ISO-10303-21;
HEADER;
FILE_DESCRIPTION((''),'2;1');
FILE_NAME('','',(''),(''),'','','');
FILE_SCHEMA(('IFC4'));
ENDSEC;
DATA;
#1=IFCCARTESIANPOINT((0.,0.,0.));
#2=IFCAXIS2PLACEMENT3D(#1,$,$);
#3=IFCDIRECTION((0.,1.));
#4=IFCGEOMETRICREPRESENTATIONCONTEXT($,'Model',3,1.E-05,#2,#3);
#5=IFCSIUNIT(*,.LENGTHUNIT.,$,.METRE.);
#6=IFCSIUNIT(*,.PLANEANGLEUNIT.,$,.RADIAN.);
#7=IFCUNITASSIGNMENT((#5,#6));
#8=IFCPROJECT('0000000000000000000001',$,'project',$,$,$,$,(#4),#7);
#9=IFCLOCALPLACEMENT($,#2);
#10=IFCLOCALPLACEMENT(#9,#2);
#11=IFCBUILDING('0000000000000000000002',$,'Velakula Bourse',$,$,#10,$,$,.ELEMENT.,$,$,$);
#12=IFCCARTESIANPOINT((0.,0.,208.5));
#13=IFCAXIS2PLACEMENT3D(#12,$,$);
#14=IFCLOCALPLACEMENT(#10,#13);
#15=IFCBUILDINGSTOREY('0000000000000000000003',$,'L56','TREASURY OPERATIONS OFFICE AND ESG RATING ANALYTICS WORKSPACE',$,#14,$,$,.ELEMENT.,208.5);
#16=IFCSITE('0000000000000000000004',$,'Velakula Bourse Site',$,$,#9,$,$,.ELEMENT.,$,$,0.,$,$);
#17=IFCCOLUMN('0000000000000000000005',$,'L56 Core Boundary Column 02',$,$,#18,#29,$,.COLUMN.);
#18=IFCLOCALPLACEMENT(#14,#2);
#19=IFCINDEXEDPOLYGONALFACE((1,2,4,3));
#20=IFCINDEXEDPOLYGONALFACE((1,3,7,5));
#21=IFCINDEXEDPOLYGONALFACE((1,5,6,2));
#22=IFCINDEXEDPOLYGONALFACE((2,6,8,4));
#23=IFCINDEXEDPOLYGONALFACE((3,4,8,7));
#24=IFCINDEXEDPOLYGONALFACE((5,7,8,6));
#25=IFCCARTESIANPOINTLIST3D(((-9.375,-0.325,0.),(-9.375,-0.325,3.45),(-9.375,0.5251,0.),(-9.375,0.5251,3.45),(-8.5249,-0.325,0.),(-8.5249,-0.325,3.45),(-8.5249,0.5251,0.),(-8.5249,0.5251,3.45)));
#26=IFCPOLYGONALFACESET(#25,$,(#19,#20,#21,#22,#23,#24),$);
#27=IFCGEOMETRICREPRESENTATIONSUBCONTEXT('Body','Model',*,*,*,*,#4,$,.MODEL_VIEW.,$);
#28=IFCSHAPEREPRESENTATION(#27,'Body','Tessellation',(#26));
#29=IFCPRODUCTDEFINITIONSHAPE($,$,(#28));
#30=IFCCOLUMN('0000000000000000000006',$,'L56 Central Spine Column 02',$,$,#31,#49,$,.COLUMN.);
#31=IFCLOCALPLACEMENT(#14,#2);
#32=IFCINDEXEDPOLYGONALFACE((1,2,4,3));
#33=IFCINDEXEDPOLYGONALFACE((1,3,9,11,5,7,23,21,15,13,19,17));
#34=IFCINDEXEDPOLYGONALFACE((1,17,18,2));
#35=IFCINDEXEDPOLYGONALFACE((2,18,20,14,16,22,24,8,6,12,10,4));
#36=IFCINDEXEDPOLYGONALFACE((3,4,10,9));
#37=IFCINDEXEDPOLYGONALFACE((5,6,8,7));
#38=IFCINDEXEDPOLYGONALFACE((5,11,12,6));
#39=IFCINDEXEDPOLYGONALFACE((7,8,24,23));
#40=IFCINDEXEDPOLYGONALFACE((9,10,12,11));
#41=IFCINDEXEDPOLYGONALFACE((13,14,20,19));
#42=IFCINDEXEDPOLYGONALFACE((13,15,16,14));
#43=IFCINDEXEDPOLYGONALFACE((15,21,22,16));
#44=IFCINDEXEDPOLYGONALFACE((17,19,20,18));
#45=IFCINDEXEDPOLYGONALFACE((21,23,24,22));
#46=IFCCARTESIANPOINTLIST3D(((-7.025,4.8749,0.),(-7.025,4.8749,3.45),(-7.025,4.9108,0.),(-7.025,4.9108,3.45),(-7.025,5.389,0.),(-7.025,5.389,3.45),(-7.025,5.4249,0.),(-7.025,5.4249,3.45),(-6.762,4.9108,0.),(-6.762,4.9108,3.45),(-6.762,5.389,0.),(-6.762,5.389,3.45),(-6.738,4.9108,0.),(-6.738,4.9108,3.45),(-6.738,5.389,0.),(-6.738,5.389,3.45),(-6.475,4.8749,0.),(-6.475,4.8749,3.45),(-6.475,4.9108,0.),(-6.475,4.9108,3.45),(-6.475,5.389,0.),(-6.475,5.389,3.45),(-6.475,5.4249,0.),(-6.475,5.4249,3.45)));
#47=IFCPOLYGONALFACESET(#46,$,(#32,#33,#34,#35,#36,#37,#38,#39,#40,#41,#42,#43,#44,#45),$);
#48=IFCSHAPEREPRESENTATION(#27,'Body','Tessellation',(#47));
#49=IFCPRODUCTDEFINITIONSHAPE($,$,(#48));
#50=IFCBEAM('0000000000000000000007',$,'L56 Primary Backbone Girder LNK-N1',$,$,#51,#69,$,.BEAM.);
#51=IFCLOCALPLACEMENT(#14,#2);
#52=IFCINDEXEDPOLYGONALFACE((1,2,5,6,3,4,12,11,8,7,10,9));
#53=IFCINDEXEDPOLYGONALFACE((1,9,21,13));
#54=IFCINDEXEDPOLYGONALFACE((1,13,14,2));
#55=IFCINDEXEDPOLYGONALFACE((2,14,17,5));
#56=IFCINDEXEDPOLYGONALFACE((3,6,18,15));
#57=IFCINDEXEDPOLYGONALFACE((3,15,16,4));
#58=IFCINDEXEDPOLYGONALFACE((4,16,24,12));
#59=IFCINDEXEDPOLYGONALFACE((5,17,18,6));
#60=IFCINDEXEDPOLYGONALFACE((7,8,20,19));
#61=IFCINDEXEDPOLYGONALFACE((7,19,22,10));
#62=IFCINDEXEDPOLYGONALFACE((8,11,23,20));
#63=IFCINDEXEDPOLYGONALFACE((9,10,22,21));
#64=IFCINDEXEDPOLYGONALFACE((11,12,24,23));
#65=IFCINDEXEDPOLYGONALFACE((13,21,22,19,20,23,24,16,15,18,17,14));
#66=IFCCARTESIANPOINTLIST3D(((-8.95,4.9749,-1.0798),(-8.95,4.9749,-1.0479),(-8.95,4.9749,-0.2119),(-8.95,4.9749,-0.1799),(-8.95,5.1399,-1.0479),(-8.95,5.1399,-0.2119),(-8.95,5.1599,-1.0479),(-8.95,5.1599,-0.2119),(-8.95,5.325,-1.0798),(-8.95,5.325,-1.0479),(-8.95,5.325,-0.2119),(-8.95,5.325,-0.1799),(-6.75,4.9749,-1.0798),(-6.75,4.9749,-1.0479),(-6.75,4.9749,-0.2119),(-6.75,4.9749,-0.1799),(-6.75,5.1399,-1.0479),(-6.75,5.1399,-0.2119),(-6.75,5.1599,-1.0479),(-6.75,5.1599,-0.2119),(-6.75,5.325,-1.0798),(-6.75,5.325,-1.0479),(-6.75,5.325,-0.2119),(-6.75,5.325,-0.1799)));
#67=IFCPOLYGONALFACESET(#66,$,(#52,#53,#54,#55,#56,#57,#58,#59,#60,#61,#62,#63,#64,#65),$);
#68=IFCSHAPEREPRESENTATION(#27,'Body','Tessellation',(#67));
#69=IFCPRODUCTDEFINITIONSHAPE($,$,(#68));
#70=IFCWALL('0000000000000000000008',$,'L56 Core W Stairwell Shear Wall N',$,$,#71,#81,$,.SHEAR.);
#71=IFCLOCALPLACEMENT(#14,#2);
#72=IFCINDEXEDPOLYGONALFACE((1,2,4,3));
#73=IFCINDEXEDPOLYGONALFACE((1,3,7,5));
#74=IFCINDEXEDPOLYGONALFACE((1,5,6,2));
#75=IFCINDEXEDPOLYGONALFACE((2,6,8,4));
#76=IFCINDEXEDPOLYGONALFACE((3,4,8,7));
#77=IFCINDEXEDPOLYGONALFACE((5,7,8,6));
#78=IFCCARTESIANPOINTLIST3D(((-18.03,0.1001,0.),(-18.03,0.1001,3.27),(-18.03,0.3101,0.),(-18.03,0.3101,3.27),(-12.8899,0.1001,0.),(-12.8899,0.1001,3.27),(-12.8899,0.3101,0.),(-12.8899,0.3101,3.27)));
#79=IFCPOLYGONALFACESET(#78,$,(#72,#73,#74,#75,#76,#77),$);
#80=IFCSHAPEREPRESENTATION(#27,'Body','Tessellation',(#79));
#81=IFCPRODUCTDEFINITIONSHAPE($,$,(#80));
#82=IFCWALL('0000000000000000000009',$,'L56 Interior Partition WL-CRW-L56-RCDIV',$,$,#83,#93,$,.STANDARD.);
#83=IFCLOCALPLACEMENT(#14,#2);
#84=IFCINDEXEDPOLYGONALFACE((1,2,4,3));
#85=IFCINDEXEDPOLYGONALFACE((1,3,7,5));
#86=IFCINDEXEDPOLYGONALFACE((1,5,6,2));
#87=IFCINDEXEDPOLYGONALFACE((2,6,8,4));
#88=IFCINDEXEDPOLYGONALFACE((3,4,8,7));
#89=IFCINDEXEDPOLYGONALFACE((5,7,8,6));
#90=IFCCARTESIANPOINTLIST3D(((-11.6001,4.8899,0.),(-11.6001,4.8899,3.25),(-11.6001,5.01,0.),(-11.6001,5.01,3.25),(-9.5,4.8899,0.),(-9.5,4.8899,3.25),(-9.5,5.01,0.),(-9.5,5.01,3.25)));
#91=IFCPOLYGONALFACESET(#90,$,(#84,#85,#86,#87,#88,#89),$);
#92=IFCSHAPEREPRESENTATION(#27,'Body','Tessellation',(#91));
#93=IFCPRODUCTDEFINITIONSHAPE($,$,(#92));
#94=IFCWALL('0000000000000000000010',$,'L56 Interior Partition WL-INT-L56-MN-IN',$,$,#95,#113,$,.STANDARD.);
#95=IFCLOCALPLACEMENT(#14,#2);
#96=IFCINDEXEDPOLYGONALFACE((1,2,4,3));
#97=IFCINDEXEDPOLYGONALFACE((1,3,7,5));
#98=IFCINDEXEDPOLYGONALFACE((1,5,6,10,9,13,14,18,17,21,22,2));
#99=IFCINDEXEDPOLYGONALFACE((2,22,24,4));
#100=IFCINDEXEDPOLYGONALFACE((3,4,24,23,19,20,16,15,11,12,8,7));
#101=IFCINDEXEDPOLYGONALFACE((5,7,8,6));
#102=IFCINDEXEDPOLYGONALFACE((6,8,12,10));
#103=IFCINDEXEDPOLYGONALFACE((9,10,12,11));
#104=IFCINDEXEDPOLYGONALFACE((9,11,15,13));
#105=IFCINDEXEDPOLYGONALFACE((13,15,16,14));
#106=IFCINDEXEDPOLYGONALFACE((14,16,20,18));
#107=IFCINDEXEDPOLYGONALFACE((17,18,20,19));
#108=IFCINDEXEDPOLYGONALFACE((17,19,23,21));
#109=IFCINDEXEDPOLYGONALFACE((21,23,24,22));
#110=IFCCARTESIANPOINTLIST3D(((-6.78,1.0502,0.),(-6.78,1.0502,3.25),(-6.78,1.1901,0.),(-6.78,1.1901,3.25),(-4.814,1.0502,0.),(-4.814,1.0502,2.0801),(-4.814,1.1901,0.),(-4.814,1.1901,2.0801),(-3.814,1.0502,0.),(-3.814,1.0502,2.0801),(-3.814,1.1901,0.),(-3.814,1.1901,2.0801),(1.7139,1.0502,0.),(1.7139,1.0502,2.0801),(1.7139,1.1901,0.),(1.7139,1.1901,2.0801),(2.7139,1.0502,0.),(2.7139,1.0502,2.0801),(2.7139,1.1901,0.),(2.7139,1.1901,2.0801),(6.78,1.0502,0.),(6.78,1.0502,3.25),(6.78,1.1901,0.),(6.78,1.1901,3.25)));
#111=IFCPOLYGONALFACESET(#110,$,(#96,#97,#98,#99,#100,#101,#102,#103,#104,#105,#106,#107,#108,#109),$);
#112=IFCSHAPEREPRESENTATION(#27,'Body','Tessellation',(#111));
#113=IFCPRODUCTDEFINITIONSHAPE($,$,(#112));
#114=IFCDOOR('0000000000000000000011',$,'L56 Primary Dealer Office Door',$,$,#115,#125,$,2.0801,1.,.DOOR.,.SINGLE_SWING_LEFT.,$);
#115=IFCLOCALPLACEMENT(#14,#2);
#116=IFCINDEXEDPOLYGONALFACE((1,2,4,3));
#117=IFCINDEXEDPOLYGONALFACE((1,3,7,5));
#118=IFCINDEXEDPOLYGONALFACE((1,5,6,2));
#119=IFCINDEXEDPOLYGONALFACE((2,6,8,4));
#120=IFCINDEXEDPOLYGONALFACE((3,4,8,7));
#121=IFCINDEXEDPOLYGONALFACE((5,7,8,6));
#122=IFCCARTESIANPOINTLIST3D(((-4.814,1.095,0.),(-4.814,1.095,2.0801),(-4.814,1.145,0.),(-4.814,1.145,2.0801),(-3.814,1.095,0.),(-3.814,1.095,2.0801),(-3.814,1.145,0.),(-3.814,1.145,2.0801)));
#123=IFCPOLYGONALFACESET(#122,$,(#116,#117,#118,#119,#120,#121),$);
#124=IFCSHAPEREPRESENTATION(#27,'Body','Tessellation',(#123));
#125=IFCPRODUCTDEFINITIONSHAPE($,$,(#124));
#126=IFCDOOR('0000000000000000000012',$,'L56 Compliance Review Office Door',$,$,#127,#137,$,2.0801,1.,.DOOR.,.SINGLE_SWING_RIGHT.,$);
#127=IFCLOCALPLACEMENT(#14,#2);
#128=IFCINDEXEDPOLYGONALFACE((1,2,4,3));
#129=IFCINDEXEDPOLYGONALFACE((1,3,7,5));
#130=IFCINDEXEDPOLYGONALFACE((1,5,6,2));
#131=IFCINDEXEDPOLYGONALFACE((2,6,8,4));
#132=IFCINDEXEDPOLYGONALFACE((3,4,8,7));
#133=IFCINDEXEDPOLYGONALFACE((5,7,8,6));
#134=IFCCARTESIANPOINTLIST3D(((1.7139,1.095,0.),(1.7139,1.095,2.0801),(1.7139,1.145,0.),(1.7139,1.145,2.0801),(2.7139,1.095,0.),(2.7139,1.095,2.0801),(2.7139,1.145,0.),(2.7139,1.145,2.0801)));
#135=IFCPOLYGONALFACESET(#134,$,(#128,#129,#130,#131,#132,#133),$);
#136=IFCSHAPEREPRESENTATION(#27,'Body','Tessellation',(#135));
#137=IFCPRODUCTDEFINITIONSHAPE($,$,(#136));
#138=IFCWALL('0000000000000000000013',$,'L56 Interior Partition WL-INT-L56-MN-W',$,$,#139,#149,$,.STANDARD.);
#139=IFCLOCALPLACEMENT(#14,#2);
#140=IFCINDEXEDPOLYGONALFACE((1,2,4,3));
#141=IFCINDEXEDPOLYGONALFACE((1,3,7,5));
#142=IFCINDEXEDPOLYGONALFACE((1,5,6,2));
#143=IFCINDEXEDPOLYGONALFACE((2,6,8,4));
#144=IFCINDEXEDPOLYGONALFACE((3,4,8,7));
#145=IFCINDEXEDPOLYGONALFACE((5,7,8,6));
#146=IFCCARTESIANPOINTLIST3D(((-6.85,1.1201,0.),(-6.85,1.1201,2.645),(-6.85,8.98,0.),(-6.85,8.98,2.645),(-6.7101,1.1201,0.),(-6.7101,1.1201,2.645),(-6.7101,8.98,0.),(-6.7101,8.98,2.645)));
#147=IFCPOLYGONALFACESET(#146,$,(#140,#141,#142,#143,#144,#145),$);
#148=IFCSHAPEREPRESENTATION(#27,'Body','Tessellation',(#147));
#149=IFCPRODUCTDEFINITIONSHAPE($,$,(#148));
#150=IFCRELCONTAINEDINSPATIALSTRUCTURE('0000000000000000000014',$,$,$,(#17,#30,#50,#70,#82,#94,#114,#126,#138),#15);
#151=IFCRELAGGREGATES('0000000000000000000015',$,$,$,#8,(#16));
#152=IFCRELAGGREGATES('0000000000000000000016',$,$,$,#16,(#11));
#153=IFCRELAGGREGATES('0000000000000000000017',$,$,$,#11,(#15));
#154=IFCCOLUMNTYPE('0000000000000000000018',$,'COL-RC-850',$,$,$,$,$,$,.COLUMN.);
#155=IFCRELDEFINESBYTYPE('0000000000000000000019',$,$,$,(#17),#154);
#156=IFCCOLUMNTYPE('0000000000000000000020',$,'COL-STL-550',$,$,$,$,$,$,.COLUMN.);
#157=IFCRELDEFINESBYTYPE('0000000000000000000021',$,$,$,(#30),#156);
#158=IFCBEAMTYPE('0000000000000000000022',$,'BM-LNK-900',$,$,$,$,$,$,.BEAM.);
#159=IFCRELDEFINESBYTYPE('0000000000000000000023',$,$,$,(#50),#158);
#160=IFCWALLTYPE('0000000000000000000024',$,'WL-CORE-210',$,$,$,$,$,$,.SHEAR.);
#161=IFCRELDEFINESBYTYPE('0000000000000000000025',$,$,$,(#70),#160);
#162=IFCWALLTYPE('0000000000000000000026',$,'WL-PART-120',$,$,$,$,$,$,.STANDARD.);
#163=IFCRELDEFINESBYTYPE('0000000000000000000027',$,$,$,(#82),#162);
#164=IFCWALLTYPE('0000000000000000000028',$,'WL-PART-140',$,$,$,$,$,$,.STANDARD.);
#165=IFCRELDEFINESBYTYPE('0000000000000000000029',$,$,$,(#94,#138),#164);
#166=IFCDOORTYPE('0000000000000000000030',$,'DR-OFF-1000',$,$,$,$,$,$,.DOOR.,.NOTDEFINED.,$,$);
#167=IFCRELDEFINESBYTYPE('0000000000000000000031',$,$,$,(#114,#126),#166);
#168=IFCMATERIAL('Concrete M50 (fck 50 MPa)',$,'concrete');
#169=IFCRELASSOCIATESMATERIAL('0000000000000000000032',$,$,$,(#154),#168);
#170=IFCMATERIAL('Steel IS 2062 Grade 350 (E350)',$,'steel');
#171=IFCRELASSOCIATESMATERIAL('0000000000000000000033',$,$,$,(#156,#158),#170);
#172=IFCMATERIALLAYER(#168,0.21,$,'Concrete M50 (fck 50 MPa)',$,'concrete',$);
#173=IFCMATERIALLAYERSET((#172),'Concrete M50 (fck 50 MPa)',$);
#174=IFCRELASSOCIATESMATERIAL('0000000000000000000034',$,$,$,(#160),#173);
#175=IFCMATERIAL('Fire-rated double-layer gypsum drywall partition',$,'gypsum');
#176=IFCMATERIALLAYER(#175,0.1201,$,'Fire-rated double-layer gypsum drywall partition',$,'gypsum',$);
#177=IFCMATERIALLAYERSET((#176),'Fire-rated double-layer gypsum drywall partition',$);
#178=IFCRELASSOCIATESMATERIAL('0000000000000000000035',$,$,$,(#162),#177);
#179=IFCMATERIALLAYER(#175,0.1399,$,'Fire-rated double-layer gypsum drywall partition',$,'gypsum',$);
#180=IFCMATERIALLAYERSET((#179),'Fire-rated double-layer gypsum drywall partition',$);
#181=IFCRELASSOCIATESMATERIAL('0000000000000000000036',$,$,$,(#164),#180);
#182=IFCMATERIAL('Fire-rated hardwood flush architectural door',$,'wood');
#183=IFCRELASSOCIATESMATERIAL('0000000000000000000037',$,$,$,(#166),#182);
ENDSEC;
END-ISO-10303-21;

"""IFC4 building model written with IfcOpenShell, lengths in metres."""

from ifc_helpers import new_model, si_unit, direction, frame, frame_2d, origin, origin_2d, place, context, subcontext, project, spatial, rectangle, i_section, extrude, material, layer, layer_set, material_profile, profile_set, type_object, element, fill, save


model = new_model("IFC4")

# Units and contexts
model_context = context("Model", 3, precision=1e-05, world=origin(), true_north=direction((0.0, 1.0)))
body_context = subcontext(model_context, "Body", "Model", "MODEL_VIEW")
ifc_project = project(units=[si_unit("LENGTHUNIT", "METRE"), si_unit("PLANEANGLEUNIT", "RADIAN")], contexts=[model_context])

# Site, building, storey
site_placement = place(None, origin())
site = spatial("IfcSite", under=ifc_project, at=site_placement, Name="Velakula Bourse Site", CompositionType="ELEMENT", RefElevation=0.0)
building_placement = place(site_placement, origin())
building = spatial("IfcBuilding", under=site, at=building_placement, Name="Velakula Bourse", CompositionType="ELEMENT")
storey_placement = place(building_placement, frame((0.0, 0.0, 208.5)))
storey = spatial("IfcBuildingStorey", under=building, at=storey_placement, Name="L56", Description="TREASURY OPERATIONS OFFICE AND ESG RATING ANALYTICS WORKSPACE", CompositionType="ELEMENT", Elevation=208.5)

# Columns
ifc_material_1 = material(Name="Concrete M50 (fck 50 MPa)", Category="concrete")
ifc_material_profile_1 = material_profile(ifc_material_1, rectangle(XDim=0.8501, YDim=0.8501, at=origin_2d()), Name="Concrete M50 (fck 50 MPa)")
ifc_profile_set_1 = profile_set([ifc_material_profile_1], Name="Concrete M50 (fck 50 MPa)")
column_type_1 = type_object("IfcColumnType", Name="COL-RC-850", PredefinedType="COLUMN", material=ifc_profile_set_1)
column_1_placement = place(storey_placement, frame((-8.95, 0.1001, 0.0), z_axis=(0.0, 0.0, 1.0), x_axis=(1.0, 0.0, 0.0)))
element("IfcColumn", 1, at=column_1_placement, inside=storey, type_object=column_type_1, Name="L56 Core Boundary Column 02", PredefinedType="COLUMN", context=body_context, shape_type="SweptSolid", body=[
    extrude(rectangle(XDim=0.8501, YDim=0.8501, at=origin_2d()), origin(), (0.0, 0.0, 1.0), 3.45),
])
ifc_material_2 = material(Name="Steel IS 2062 Grade 350 (E350)", Category="steel")
ifc_material_profile_2 = material_profile(ifc_material_2, i_section(OverallWidth=0.55, OverallDepth=0.55, WebThickness=0.0239, FlangeThickness=0.0359, at=origin_2d()), Name="Steel IS 2062 Grade 350 (E350)")
ifc_profile_set_2 = profile_set([ifc_material_profile_2], Name="Steel IS 2062 Grade 350 (E350)")
column_type_2 = type_object("IfcColumnType", Name="COL-STL-550", PredefinedType="COLUMN", material=ifc_profile_set_2)
column_2_placement = place(storey_placement, frame((-6.75, 5.1499, 0.0), z_axis=(0.0, 0.0, 1.0), x_axis=(1.0, 0.0, 0.0)))
element("IfcColumn", 2, at=column_2_placement, inside=storey, type_object=column_type_2, Name="L56 Central Spine Column 02", PredefinedType="COLUMN", context=body_context, shape_type="SweptSolid", body=[
    extrude(i_section(OverallWidth=0.55, OverallDepth=0.55, WebThickness=0.0239, FlangeThickness=0.0359, at=origin_2d()), origin(), (0.0, 0.0, 1.0), 3.45),
])

# Beam
ifc_material_profile_3 = material_profile(ifc_material_2, i_section(OverallWidth=0.3501, OverallDepth=0.8999, WebThickness=0.02, FlangeThickness=0.032, at=origin_2d()), Name="Steel IS 2062 Grade 350 (E350)")
ifc_profile_set_3 = profile_set([ifc_material_profile_3], Name="Steel IS 2062 Grade 350 (E350)")
beam_type = type_object("IfcBeamType", Name="BM-LNK-900", PredefinedType="BEAM", material=ifc_profile_set_3)
beam_placement = place(storey_placement, frame((-8.95, 5.1499, -0.6299), z_axis=(1.0, 0.0, 0.0), x_axis=(0.0, 1.0, 0.0)))
element("IfcBeam", 3, at=beam_placement, inside=storey, type_object=beam_type, Name="L56 Primary Backbone Girder LNK-N1", PredefinedType="BEAM", context=body_context, shape_type="SweptSolid", body=[
    extrude(i_section(OverallWidth=0.3501, OverallDepth=0.8999, WebThickness=0.02, FlangeThickness=0.032, at=origin_2d()), origin(), (0.0, 0.0, 1.0), 2.2),
])

# Walls
ifc_layer_1 = layer(ifc_material_1, 0.21, Name="Concrete M50 (fck 50 MPa)", Category="concrete")
ifc_layer_set_1 = layer_set([ifc_layer_1], Name="Concrete M50 (fck 50 MPa)")
wall_type_1 = type_object("IfcWallType", Name="WL-CORE-210", PredefinedType="SHEAR", material=ifc_layer_set_1)
wall_1_placement = place(storey_placement, frame((-12.8899, 0.2051, 0.0), z_axis=(0.0, 0.0, 1.0), x_axis=(-1.0, 0.0, 0.0)))
element("IfcWall", 4, at=wall_1_placement, inside=storey, type_object=wall_type_1, Name="L56 Core W Stairwell Shear Wall N", PredefinedType="SHEAR", context=body_context, shape_type="SweptSolid", body=[
    extrude(rectangle(XDim=5.1401, YDim=0.21, at=frame_2d((2.5701, 0.0))), origin(), (0.0, 0.0, 1.0), 3.27),
])
ifc_material_3 = material(Name="Fire-rated double-layer gypsum drywall partition", Category="gypsum")
ifc_layer_2 = layer(ifc_material_3, 0.1201, Name="Fire-rated double-layer gypsum drywall partition", Category="gypsum")
ifc_layer_set_2 = layer_set([ifc_layer_2], Name="Fire-rated double-layer gypsum drywall partition")
wall_type_2 = type_object("IfcWallType", Name="WL-PART-120", PredefinedType="STANDARD", material=ifc_layer_set_2)
wall_2_placement = place(storey_placement, frame((-11.6001, 4.95, 0.0), z_axis=(0.0, 0.0, 1.0), x_axis=(1.0, 0.0, 0.0)))
element("IfcWall", 5, at=wall_2_placement, inside=storey, type_object=wall_type_2, Name="L56 Interior Partition WL-CRW-L56-RCDIV", PredefinedType="STANDARD", context=body_context, shape_type="SweptSolid", body=[
    extrude(rectangle(XDim=2.1001, YDim=0.1201, at=frame_2d((1.05, 0.0))), origin(), (0.0, 0.0, 1.0), 3.25),
])

# Wall, openings, doors
ifc_layer_3 = layer(ifc_material_3, 0.1399, Name="Fire-rated double-layer gypsum drywall partition", Category="gypsum")
ifc_layer_set_3 = layer_set([ifc_layer_3], Name="Fire-rated double-layer gypsum drywall partition")
wall_type_3 = type_object("IfcWallType", Name="WL-PART-140", PredefinedType="STANDARD", material=ifc_layer_set_3)
wall_3_placement = place(storey_placement, frame((-6.78, 1.1201, 0.0), z_axis=(0.0, 0.0, 1.0), x_axis=(1.0, 0.0, 0.0)))
wall_3 = element("IfcWall", 6, at=wall_3_placement, inside=storey, type_object=wall_type_3, Name="L56 Interior Partition WL-INT-L56-MN-IN", PredefinedType="STANDARD", context=body_context, shape_type="SweptSolid", body=[
    extrude(rectangle(XDim=13.5601, YDim=0.1399, at=frame_2d((6.78, 0.0))), origin(), (0.0, 0.0, 1.0), 3.25),
])
opening_1_placement = place(wall_3_placement, frame((1.9661, 0.0, 0.0)))
opening_1 = element("IfcOpeningElement", 7, at=opening_1_placement, cuts=wall_3, PredefinedType="OPENING", context=body_context, shape_type="SweptSolid", body=[
    extrude(rectangle(XDim=1.0, YDim=2.0801, at=frame_2d((0.5, 1.04))), frame((0.0, 0.0798, 0.0), z_axis=(0.0, -1.0, 0.0), x_axis=(1.0, 0.0, 0.0)), (0.0, 0.0, 1.0), 0.1599),
])
opening_2_placement = place(wall_3_placement, frame((8.4939, 0.0, 0.0)))
opening_2 = element("IfcOpeningElement", 8, at=opening_2_placement, cuts=wall_3, PredefinedType="OPENING", context=body_context, shape_type="SweptSolid", body=[
    extrude(rectangle(XDim=1.0, YDim=2.0801, at=frame_2d((0.5, 1.04))), frame((0.0, 0.0798, 0.0), z_axis=(0.0, -1.0, 0.0), x_axis=(1.0, 0.0, 0.0)), (0.0, 0.0, 1.0), 0.1599),
])
ifc_material_4 = material(Name="Fire-rated hardwood flush architectural door", Category="wood")
door_type_1 = type_object("IfcDoorType", Name="DR-OFF-1000", OperationType="NOTDEFINED", PredefinedType="DOOR", material=ifc_material_4)
door_1_placement = place(opening_1_placement, origin())
door_1 = element("IfcDoor", 9, at=door_1_placement, inside=storey, type_object=door_type_1, Name="L56 Primary Dealer Office Door", OperationType="SINGLE_SWING_LEFT", OverallHeight=2.0801, OverallWidth=1.0, PredefinedType="DOOR", context=body_context, shape_type="SweptSolid", body=[
    extrude(rectangle(XDim=1.0, YDim=2.0801, at=frame_2d((0.5, 1.04))), frame((0.0, 0.0249, 0.0), z_axis=(0.0, -1.0, 0.0), x_axis=(1.0, 0.0, 0.0)), (0.0, 0.0, 1.0), 0.05),
])
fill(opening_1, door_1)
door_2_placement = place(opening_2_placement, origin())
door_2 = element("IfcDoor", 10, at=door_2_placement, inside=storey, type_object=door_type_1, Name="L56 Compliance Review Office Door", OperationType="SINGLE_SWING_RIGHT", OverallHeight=2.0801, OverallWidth=1.0, PredefinedType="DOOR", context=body_context, shape_type="SweptSolid", body=[
    extrude(rectangle(XDim=1.0, YDim=2.0801, at=frame_2d((0.5, 1.04))), frame((0.0, 0.0249, 0.0), z_axis=(0.0, -1.0, 0.0), x_axis=(1.0, 0.0, 0.0)), (0.0, 0.0, 1.0), 0.05),
])
fill(opening_2, door_2)

# Wall
wall_4_placement = place(storey_placement, frame((-6.78, 1.1201, 0.0), z_axis=(0.0, 0.0, 1.0), x_axis=(0.0, 1.0, 0.0)))
element("IfcWall", 11, at=wall_4_placement, inside=storey, type_object=wall_type_3, Name="L56 Interior Partition WL-INT-L56-MN-W", PredefinedType="STANDARD", context=body_context, shape_type="SweptSolid", body=[
    extrude(rectangle(XDim=7.8599, YDim=0.1399, at=frame_2d((3.9299, 0.0))), origin(), (0.0, 0.0, 1.0), 2.645),
])

save(model, "model.ifc")
